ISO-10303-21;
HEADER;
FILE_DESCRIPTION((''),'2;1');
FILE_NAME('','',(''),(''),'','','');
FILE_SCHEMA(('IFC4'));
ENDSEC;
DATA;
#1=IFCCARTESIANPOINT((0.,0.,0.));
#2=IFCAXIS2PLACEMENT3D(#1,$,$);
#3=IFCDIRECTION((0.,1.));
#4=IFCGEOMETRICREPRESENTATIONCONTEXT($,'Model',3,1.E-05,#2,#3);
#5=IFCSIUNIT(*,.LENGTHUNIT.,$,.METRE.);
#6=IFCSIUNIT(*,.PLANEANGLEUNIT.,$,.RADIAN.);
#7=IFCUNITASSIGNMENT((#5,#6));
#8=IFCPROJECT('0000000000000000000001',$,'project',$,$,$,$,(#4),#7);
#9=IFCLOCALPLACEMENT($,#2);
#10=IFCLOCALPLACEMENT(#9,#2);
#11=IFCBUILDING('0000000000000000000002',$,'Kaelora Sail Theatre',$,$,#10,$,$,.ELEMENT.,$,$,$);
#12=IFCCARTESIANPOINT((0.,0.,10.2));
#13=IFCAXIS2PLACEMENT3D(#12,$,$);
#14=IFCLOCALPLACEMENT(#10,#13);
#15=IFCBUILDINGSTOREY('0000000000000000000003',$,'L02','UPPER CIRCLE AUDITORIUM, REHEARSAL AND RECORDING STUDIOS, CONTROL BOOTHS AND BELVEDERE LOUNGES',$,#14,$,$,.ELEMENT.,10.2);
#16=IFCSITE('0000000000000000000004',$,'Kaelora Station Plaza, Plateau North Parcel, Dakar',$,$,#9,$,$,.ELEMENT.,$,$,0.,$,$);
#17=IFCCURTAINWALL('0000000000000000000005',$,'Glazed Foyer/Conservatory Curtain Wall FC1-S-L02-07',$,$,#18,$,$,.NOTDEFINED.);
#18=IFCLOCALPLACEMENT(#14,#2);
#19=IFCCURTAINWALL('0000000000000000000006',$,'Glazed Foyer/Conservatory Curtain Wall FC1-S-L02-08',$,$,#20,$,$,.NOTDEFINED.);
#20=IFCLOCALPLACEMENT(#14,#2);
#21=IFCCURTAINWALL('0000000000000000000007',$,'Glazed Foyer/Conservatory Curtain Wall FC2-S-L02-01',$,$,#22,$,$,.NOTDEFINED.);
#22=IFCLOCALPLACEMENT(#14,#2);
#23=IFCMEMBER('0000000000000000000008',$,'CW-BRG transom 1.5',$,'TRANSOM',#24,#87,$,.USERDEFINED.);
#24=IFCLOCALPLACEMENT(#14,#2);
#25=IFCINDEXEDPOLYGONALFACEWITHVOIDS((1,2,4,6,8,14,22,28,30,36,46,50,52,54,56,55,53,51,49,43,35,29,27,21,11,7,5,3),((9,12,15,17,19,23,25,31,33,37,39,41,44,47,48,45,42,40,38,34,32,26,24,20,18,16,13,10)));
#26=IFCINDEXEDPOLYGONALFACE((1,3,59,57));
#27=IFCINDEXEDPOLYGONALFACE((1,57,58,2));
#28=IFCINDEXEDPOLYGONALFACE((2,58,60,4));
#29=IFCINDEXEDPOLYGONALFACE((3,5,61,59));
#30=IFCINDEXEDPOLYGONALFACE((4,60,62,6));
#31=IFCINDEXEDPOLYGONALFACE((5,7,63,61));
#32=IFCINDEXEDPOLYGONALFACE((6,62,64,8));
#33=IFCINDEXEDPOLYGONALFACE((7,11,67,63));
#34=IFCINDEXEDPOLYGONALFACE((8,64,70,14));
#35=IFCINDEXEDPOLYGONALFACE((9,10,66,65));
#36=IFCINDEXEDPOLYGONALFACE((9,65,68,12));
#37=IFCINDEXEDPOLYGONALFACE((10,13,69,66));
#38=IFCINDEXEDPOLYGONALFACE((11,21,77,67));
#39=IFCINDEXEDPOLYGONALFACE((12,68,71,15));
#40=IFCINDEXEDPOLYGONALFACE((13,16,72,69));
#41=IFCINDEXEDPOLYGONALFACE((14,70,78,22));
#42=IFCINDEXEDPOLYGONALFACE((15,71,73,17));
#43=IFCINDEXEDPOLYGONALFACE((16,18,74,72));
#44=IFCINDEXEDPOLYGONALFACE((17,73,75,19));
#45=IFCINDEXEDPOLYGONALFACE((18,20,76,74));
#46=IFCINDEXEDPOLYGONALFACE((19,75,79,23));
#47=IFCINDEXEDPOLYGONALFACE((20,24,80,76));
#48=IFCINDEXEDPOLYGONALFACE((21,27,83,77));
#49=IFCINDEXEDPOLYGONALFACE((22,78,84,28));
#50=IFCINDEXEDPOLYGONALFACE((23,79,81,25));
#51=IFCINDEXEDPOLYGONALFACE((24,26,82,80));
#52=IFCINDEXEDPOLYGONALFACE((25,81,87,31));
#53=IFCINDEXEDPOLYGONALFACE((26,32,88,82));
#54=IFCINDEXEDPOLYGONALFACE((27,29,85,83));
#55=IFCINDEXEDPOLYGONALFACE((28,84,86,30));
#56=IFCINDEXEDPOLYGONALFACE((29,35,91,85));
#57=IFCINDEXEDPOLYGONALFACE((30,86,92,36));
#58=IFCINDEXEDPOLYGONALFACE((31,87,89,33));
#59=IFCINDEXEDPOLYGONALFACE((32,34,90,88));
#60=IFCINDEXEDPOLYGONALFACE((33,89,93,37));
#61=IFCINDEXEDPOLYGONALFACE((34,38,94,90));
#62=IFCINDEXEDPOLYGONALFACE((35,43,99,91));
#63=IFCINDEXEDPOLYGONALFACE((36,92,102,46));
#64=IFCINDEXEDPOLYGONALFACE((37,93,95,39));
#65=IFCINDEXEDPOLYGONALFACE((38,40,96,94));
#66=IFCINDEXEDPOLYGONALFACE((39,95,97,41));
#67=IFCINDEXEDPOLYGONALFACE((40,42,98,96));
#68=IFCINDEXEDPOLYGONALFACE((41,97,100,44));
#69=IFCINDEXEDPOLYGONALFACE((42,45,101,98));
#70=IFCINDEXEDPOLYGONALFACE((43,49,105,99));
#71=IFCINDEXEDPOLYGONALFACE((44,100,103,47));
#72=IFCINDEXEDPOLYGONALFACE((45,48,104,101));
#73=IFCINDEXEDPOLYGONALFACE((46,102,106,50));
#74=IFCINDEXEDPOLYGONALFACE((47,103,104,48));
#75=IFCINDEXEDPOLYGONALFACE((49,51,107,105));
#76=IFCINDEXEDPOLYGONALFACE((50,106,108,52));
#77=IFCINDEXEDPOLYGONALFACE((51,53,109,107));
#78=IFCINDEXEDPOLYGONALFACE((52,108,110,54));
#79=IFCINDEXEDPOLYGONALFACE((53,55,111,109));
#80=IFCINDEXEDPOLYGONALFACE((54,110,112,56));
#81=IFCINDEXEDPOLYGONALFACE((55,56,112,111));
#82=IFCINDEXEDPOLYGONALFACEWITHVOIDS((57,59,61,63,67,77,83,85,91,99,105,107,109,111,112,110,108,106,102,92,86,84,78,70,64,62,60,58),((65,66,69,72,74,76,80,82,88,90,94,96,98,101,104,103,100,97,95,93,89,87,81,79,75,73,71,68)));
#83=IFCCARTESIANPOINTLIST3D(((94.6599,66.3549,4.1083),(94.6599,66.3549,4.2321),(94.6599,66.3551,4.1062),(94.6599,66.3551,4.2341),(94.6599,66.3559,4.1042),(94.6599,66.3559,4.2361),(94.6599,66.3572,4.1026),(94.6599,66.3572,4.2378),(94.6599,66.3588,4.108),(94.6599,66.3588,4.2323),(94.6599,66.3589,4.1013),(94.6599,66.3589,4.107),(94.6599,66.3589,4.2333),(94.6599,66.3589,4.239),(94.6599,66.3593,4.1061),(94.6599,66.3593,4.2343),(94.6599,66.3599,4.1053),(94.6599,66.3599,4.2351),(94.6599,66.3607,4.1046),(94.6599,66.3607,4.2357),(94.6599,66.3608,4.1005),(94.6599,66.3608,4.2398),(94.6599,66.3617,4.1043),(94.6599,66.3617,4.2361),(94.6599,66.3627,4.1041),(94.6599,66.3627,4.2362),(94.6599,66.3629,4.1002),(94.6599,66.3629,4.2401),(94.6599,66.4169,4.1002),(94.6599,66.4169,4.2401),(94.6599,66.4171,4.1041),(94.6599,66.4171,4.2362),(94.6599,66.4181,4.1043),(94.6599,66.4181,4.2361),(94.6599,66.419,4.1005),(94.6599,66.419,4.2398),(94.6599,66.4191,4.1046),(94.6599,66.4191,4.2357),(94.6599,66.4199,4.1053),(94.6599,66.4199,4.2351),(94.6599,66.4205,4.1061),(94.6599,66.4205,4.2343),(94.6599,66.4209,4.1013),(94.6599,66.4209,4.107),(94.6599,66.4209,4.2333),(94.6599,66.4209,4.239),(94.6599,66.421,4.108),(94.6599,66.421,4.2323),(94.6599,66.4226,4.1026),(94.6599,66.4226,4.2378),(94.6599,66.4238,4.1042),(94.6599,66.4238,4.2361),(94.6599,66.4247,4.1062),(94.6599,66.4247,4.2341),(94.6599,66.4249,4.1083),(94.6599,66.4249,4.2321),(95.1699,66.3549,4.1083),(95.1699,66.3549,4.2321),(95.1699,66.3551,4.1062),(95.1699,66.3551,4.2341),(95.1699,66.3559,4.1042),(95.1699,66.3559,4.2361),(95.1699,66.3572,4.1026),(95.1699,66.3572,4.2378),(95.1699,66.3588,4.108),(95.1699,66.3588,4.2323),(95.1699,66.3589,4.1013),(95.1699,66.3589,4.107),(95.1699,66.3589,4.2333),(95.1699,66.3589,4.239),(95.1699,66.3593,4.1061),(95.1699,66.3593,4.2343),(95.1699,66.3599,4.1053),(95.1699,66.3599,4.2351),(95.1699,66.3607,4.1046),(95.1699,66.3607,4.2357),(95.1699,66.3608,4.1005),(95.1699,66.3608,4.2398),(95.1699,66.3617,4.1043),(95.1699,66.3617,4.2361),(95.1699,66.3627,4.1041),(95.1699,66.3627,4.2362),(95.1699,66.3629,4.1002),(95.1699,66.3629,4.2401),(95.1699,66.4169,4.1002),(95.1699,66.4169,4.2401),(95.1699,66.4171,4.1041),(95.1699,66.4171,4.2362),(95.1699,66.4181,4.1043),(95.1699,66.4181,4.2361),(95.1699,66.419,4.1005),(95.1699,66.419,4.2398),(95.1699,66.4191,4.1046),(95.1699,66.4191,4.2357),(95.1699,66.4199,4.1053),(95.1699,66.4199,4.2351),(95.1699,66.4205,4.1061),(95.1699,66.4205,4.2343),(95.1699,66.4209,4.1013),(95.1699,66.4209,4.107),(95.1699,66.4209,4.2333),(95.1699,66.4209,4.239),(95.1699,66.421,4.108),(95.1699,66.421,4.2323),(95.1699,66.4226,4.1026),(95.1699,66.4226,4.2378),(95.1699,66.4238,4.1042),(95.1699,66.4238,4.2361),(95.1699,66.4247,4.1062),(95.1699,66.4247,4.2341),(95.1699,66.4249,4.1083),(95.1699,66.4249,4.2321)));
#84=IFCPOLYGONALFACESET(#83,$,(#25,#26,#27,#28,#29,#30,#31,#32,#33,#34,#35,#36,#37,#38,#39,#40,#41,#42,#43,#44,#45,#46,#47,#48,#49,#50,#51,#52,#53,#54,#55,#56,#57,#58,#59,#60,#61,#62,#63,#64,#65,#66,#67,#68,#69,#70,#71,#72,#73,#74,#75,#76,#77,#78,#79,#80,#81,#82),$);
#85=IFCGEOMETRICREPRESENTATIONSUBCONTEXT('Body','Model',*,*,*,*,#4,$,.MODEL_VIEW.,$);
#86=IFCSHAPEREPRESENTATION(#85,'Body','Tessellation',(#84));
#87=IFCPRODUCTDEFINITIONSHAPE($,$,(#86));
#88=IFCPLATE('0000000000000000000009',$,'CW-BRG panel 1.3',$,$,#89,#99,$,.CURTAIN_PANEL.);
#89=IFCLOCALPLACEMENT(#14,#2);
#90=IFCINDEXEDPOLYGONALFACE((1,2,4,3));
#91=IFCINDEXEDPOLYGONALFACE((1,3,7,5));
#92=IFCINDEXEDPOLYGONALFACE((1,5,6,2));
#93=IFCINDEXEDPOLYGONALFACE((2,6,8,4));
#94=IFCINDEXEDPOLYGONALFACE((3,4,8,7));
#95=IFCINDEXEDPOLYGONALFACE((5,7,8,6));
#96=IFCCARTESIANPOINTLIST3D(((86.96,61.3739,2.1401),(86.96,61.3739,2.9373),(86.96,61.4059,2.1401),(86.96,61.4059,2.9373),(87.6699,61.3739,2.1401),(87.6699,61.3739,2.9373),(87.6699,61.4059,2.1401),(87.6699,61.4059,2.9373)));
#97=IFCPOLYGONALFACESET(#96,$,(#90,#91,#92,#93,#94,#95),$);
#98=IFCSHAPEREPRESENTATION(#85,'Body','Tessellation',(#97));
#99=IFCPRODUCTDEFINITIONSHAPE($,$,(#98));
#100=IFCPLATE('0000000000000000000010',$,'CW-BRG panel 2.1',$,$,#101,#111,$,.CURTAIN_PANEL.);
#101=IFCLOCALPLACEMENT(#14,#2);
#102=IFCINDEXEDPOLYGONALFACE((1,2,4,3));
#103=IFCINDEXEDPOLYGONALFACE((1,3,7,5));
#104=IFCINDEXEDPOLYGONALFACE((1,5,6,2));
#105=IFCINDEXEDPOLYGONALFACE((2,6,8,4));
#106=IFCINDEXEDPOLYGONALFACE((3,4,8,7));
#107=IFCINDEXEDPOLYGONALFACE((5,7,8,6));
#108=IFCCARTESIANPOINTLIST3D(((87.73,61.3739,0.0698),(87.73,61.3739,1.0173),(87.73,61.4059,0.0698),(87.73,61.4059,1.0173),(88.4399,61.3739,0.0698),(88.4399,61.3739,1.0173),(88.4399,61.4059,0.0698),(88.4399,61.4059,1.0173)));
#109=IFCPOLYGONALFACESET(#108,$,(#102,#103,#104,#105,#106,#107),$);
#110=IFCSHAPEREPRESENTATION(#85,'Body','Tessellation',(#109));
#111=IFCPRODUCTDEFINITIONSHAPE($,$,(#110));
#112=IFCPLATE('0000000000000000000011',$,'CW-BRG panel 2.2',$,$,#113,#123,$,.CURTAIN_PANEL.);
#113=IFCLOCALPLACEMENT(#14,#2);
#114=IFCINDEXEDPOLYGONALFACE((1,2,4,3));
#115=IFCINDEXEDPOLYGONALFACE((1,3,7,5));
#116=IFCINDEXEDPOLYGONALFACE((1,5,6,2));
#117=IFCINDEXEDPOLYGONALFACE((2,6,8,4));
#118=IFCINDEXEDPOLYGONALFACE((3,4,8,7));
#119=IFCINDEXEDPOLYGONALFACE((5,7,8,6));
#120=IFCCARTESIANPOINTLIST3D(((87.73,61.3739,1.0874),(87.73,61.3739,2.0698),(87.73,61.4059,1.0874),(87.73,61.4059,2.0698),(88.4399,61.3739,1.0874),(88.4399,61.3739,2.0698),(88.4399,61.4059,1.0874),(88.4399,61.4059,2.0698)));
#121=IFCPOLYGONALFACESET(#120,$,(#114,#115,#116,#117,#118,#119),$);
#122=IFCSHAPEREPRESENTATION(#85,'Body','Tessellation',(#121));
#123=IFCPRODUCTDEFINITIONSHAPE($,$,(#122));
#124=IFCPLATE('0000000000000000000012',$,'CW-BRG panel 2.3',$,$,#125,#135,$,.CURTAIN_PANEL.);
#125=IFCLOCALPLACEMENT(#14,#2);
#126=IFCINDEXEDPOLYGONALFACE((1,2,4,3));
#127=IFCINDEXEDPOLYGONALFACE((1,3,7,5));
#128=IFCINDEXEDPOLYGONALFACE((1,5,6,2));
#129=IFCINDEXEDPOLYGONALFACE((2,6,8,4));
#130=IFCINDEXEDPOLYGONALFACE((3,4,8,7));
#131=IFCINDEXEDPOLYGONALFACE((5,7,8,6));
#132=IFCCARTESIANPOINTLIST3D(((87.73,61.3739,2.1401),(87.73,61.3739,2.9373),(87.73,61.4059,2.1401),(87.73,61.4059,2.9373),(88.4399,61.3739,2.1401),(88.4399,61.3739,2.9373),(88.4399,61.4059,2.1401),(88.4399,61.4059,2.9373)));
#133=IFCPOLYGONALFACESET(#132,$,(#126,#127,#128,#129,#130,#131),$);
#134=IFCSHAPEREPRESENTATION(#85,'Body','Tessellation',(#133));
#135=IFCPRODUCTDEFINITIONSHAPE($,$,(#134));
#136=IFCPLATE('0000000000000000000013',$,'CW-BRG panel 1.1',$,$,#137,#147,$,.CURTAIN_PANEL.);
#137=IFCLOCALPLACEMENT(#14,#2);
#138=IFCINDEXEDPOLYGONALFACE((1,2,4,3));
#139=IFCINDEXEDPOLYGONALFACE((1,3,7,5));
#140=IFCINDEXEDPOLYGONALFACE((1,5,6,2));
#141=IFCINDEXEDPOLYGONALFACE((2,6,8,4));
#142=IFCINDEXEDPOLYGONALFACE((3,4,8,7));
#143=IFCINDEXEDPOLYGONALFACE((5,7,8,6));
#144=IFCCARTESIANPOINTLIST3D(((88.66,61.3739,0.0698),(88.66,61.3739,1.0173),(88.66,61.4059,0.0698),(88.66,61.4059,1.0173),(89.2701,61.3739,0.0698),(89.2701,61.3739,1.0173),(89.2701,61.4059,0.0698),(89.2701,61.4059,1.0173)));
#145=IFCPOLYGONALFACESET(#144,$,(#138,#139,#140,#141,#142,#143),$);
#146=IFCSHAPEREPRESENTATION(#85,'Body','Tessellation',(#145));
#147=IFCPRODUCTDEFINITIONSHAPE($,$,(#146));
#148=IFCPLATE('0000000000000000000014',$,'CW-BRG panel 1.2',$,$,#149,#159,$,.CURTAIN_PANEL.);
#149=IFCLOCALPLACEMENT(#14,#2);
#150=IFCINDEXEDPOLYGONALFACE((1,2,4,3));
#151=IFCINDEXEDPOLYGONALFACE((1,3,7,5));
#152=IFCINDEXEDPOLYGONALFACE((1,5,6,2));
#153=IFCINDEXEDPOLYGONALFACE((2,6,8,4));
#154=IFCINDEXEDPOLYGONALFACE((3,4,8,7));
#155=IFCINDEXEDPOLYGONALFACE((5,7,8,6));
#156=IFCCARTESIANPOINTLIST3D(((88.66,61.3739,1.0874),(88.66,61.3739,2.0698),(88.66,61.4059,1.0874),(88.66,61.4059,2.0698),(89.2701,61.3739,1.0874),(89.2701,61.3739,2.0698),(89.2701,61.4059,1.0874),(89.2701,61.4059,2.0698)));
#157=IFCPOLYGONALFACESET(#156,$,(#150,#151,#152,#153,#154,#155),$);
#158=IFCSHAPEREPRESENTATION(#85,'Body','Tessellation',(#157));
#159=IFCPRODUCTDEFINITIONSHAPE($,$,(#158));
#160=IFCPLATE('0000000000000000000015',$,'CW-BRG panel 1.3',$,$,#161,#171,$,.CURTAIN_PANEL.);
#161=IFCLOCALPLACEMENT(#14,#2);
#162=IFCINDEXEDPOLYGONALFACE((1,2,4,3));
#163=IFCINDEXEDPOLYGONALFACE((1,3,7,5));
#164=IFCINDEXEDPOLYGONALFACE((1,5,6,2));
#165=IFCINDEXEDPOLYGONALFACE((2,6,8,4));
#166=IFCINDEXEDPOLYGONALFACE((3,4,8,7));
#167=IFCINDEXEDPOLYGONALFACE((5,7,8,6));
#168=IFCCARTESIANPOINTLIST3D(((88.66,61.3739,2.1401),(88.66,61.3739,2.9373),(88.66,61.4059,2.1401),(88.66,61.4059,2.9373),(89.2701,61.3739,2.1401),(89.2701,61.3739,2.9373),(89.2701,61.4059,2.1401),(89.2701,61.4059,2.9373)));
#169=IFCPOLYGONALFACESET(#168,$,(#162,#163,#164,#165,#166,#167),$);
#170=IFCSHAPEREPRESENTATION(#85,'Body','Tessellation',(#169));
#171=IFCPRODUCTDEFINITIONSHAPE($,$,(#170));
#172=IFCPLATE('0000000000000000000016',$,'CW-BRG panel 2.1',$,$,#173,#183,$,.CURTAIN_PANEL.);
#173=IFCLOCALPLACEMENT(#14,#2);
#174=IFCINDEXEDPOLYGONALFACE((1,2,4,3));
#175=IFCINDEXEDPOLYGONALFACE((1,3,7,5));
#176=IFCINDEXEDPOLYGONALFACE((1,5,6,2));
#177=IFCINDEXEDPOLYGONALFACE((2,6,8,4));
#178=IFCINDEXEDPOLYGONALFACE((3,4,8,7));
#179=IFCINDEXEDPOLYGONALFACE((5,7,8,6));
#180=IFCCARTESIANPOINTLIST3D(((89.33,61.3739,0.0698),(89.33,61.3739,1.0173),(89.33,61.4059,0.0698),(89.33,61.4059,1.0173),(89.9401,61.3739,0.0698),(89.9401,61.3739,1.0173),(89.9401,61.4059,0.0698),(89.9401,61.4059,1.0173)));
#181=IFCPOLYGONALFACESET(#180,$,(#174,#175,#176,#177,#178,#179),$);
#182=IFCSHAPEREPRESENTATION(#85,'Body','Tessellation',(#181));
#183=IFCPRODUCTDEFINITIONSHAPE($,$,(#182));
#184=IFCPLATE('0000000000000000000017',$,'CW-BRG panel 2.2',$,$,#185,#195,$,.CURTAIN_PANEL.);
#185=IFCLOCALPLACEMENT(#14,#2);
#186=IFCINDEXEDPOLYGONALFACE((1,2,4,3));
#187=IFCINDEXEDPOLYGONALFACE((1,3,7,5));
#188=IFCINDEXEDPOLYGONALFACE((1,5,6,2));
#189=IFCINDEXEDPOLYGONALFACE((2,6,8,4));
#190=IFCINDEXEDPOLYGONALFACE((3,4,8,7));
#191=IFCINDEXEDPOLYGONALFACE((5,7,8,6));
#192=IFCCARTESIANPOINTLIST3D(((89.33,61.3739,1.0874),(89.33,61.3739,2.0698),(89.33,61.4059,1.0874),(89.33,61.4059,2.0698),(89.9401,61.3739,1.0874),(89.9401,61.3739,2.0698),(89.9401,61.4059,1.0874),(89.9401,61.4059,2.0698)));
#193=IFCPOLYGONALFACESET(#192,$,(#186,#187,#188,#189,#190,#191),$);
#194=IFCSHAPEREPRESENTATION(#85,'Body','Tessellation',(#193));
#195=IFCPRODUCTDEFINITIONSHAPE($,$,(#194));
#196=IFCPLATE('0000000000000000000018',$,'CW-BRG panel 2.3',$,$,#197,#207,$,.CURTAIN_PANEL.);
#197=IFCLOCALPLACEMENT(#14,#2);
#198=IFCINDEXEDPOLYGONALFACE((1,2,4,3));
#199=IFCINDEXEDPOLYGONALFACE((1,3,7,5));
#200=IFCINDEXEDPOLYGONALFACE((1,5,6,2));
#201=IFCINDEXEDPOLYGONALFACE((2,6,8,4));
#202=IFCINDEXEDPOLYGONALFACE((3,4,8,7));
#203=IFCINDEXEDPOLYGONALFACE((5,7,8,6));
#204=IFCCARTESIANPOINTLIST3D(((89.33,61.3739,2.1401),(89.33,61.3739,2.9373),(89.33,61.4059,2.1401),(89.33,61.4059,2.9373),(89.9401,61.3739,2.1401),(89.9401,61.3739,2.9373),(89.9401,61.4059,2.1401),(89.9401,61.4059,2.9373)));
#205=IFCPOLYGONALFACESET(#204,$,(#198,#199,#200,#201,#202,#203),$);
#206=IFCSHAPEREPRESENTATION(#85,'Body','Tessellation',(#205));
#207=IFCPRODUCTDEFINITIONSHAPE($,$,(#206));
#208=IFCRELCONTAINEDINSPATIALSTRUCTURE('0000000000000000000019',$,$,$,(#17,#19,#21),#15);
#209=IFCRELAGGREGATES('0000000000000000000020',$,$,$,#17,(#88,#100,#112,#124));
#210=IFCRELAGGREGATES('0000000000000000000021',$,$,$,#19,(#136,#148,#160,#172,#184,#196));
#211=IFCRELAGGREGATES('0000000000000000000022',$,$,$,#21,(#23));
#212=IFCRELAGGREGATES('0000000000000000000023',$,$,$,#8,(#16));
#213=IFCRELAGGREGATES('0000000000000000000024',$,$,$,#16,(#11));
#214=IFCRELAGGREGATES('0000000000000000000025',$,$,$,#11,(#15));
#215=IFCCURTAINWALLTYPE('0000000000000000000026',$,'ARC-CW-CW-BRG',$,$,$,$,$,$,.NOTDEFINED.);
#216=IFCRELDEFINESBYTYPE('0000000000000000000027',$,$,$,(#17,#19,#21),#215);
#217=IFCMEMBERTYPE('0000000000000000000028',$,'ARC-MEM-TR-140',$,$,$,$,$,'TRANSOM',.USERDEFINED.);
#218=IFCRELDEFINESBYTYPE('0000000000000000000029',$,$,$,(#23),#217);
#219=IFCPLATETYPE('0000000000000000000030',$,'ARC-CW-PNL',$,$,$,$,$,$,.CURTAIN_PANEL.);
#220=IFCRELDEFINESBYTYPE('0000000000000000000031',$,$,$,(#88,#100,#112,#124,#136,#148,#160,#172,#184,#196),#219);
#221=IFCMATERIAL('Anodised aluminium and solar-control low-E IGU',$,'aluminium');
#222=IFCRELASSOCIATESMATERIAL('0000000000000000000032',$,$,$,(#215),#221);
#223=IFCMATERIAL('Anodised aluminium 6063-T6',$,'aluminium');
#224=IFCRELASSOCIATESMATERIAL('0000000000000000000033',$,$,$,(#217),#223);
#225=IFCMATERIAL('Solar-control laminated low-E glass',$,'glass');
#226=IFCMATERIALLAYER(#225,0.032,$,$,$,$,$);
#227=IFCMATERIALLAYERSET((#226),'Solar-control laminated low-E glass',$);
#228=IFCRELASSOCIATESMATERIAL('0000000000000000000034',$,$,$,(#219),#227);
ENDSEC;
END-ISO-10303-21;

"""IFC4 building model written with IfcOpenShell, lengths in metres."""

from ifc_helpers import new_model, si_unit, direction, frame, origin, origin_2d, place, context, subcontext, project, spatial, rectangle, hollow_rectangle, extrude, material, layer, layer_set, material_profile, profile_set, type_object, element, aggregate, save


model = new_model("IFC4")

# Units and contexts
model_context = context("Model", 3, precision=1e-05, world=origin(), true_north=direction((0.0, 1.0)))
body_context = subcontext(model_context, "Body", "Model", "MODEL_VIEW")
ifc_project = project(units=[si_unit("LENGTHUNIT", "METRE"), si_unit("PLANEANGLEUNIT", "RADIAN")], contexts=[model_context])

# Site, building, storey
site_placement = place(None, origin())
site = spatial("IfcSite", under=ifc_project, at=site_placement, Name="Kaelora Station Plaza, Plateau North Parcel, Dakar", CompositionType="ELEMENT", RefElevation=0.0)
building_placement = place(site_placement, origin())
building = spatial("IfcBuilding", under=site, at=building_placement, Name="Kaelora Sail Theatre", CompositionType="ELEMENT")
storey_placement = place(building_placement, frame((0.0, 0.0, 10.2)))
storey = spatial("IfcBuildingStorey", under=building, at=storey_placement, Name="L02", Description="UPPER CIRCLE AUDITORIUM, REHEARSAL AND RECORDING STUDIOS, CONTROL BOOTHS AND BELVEDERE LOUNGES", CompositionType="ELEMENT", Elevation=10.2)

# Curtain walls
ifc_material_1 = material(Name="Anodised aluminium and solar-control low-E IGU", Category="aluminium")
curtain_wall_type = type_object("IfcCurtainWallType", Name="ARC-CW-CW-BRG", PredefinedType="NOTDEFINED", material=ifc_material_1)
curtain_wall_1_placement = place(storey_placement, origin())
curtain_wall_1 = element("IfcCurtainWall", 1, at=curtain_wall_1_placement, inside=storey, type_object=curtain_wall_type, Name="Glazed Foyer/Conservatory Curtain Wall FC1-S-L02-07", PredefinedType="NOTDEFINED")
curtain_wall_2_placement = place(storey_placement, origin())
curtain_wall_2 = element("IfcCurtainWall", 2, at=curtain_wall_2_placement, inside=storey, type_object=curtain_wall_type, Name="Glazed Foyer/Conservatory Curtain Wall FC1-S-L02-08", PredefinedType="NOTDEFINED")

# Curtain wall
curtain_wall_3_placement = place(storey_placement, origin())
curtain_wall_3 = element("IfcCurtainWall", 3, at=curtain_wall_3_placement, inside=storey, type_object=curtain_wall_type, Name="Glazed Foyer/Conservatory Curtain Wall FC2-S-L02-01", PredefinedType="NOTDEFINED")

# Member
ifc_material_2 = material(Name="Anodised aluminium 6063-T6", Category="aluminium")
ifc_material_profile_1 = material_profile(ifc_material_2, hollow_rectangle(XDim=0.0701, YDim=0.1399, WallThickness=0.0039, InnerFilletRadius=0.0039, OuterFilletRadius=0.0081, at=origin_2d()), Name="ALU-TRAN 70x140x4")
ifc_profile_set_1 = profile_set([ifc_material_profile_1], Name="Anodised aluminium 6063-T6")
member_type_1 = type_object("IfcMemberType", Name="ARC-MEM-TR-140", ElementType="TRANSOM", PredefinedType="USERDEFINED", material=ifc_profile_set_1)
member_1_placement = place(storey_placement, frame((94.6599, 66.3899, 4.1702), z_axis=(1.0, 0.0, 0.0), x_axis=(0.0, 1.0, 0.0)))
member_1 = element("IfcMember", 4, at=member_1_placement, type_object=member_type_1, Name="CW-BRG transom 1.5", ObjectType="TRANSOM", PredefinedType="USERDEFINED", context=body_context, shape_type="SweptSolid", body=[
    extrude(hollow_rectangle(XDim=0.0701, YDim=0.1399, WallThickness=0.0039, InnerFilletRadius=0.0039, OuterFilletRadius=0.0081, at=origin_2d()), origin(), (0.0, 0.0, 1.0), 0.51),
])

# Plates
ifc_material_3 = material(Name="Solar-control laminated low-E glass", Category="glass")
ifc_layer_1 = layer(ifc_material_3, 0.032)
ifc_layer_set_1 = layer_set([ifc_layer_1], Name="Solar-control laminated low-E glass")
plate_type = type_object("IfcPlateType", Name="ARC-CW-PNL", PredefinedType="CURTAIN_PANEL", material=ifc_layer_set_1)
plate_1_placement = place(storey_placement, frame((87.3149, 61.3899, 2.1401), z_axis=(0.0, 0.0, 1.0), x_axis=(1.0, 0.0, 0.0)))
plate_1 = element("IfcPlate", 5, at=plate_1_placement, type_object=plate_type, Name="CW-BRG panel 1.3", PredefinedType="CURTAIN_PANEL", context=body_context, shape_type="SweptSolid", body=[
    extrude(rectangle(XDim=0.71, YDim=0.032, at=origin_2d()), origin(), (0.0, 0.0, 1.0), 0.7971),
])
plate_2_placement = place(storey_placement, frame((88.085, 61.3899, 0.0698), z_axis=(0.0, 0.0, 1.0), x_axis=(1.0, 0.0, 0.0)))
plate_2 = element("IfcPlate", 6, at=plate_2_placement, type_object=plate_type, Name="CW-BRG panel 2.1", PredefinedType="CURTAIN_PANEL", context=body_context, shape_type="SweptSolid", body=[
    extrude(rectangle(XDim=0.71, YDim=0.032, at=origin_2d()), origin(), (0.0, 0.0, 1.0), 0.9475),
])
plate_3_placement = place(storey_placement, frame((88.085, 61.3899, 1.0874), z_axis=(0.0, 0.0, 1.0), x_axis=(1.0, 0.0, 0.0)))
plate_3 = element("IfcPlate", 7, at=plate_3_placement, type_object=plate_type, Name="CW-BRG panel 2.2", PredefinedType="CURTAIN_PANEL", context=body_context, shape_type="SweptSolid", body=[
    extrude(rectangle(XDim=0.71, YDim=0.032, at=origin_2d()), origin(), (0.0, 0.0, 1.0), 0.9824),
])
plate_4_placement = place(storey_placement, frame((88.085, 61.3899, 2.1401), z_axis=(0.0, 0.0, 1.0), x_axis=(1.0, 0.0, 0.0)))
plate_4 = element("IfcPlate", 8, at=plate_4_placement, type_object=plate_type, Name="CW-BRG panel 2.3", PredefinedType="CURTAIN_PANEL", context=body_context, shape_type="SweptSolid", body=[
    extrude(rectangle(XDim=0.71, YDim=0.032, at=origin_2d()), origin(), (0.0, 0.0, 1.0), 0.7971),
])
aggregate(curtain_wall_1, [plate_1, plate_2, plate_3, plate_4])
plate_5_placement = place(storey_placement, frame((88.9651, 61.3899, 0.0698), z_axis=(0.0, 0.0, 1.0), x_axis=(1.0, 0.0, 0.0)))
plate_5 = element("IfcPlate", 9, at=plate_5_placement, type_object=plate_type, Name="CW-BRG panel 1.1", PredefinedType="CURTAIN_PANEL", context=body_context, shape_type="SweptSolid", body=[
    extrude(rectangle(XDim=0.6101, YDim=0.032, at=origin_2d()), origin(), (0.0, 0.0, 1.0), 0.9475),
])
plate_6_placement = place(storey_placement, frame((88.9651, 61.3899, 1.0874), z_axis=(0.0, 0.0, 1.0), x_axis=(1.0, 0.0, 0.0)))
plate_6 = element("IfcPlate", 10, at=plate_6_placement, type_object=plate_type, Name="CW-BRG panel 1.2", PredefinedType="CURTAIN_PANEL", context=body_context, shape_type="SweptSolid", body=[
    extrude(rectangle(XDim=0.6101, YDim=0.032, at=origin_2d()), origin(), (0.0, 0.0, 1.0), 0.9824),
])
plate_7_placement = place(storey_placement, frame((88.9651, 61.3899, 2.1401), z_axis=(0.0, 0.0, 1.0), x_axis=(1.0, 0.0, 0.0)))
plate_7 = element("IfcPlate", 11, at=plate_7_placement, type_object=plate_type, Name="CW-BRG panel 1.3", PredefinedType="CURTAIN_PANEL", context=body_context, shape_type="SweptSolid", body=[
    extrude(rectangle(XDim=0.6101, YDim=0.032, at=origin_2d()), origin(), (0.0, 0.0, 1.0), 0.7971),
])
plate_8_placement = place(storey_placement, frame((89.635, 61.3899, 0.0698), z_axis=(0.0, 0.0, 1.0), x_axis=(1.0, 0.0, 0.0)))
plate_8 = element("IfcPlate", 12, at=plate_8_placement, type_object=plate_type, Name="CW-BRG panel 2.1", PredefinedType="CURTAIN_PANEL", context=body_context, shape_type="SweptSolid", body=[
    extrude(rectangle(XDim=0.6101, YDim=0.032, at=origin_2d()), origin(), (0.0, 0.0, 1.0), 0.9475),
])
plate_9_placement = place(storey_placement, frame((89.635, 61.3899, 1.0874), z_axis=(0.0, 0.0, 1.0), x_axis=(1.0, 0.0, 0.0)))
plate_9 = element("IfcPlate", 13, at=plate_9_placement, type_object=plate_type, Name="CW-BRG panel 2.2", PredefinedType="CURTAIN_PANEL", context=body_context, shape_type="SweptSolid", body=[
    extrude(rectangle(XDim=0.6101, YDim=0.032, at=origin_2d()), origin(), (0.0, 0.0, 1.0), 0.9824),
])
plate_10_placement = place(storey_placement, frame((89.635, 61.3899, 2.1401), z_axis=(0.0, 0.0, 1.0), x_axis=(1.0, 0.0, 0.0)))
plate_10 = element("IfcPlate", 14, at=plate_10_placement, type_object=plate_type, Name="CW-BRG panel 2.3", PredefinedType="CURTAIN_PANEL", context=body_context, shape_type="SweptSolid", body=[
    extrude(rectangle(XDim=0.6101, YDim=0.032, at=origin_2d()), origin(), (0.0, 0.0, 1.0), 0.7971),
])
aggregate(curtain_wall_2, [plate_5, plate_6, plate_7, plate_8, plate_9, plate_10])
aggregate(curtain_wall_3, [member_1])

save(model, "model.ifc")
